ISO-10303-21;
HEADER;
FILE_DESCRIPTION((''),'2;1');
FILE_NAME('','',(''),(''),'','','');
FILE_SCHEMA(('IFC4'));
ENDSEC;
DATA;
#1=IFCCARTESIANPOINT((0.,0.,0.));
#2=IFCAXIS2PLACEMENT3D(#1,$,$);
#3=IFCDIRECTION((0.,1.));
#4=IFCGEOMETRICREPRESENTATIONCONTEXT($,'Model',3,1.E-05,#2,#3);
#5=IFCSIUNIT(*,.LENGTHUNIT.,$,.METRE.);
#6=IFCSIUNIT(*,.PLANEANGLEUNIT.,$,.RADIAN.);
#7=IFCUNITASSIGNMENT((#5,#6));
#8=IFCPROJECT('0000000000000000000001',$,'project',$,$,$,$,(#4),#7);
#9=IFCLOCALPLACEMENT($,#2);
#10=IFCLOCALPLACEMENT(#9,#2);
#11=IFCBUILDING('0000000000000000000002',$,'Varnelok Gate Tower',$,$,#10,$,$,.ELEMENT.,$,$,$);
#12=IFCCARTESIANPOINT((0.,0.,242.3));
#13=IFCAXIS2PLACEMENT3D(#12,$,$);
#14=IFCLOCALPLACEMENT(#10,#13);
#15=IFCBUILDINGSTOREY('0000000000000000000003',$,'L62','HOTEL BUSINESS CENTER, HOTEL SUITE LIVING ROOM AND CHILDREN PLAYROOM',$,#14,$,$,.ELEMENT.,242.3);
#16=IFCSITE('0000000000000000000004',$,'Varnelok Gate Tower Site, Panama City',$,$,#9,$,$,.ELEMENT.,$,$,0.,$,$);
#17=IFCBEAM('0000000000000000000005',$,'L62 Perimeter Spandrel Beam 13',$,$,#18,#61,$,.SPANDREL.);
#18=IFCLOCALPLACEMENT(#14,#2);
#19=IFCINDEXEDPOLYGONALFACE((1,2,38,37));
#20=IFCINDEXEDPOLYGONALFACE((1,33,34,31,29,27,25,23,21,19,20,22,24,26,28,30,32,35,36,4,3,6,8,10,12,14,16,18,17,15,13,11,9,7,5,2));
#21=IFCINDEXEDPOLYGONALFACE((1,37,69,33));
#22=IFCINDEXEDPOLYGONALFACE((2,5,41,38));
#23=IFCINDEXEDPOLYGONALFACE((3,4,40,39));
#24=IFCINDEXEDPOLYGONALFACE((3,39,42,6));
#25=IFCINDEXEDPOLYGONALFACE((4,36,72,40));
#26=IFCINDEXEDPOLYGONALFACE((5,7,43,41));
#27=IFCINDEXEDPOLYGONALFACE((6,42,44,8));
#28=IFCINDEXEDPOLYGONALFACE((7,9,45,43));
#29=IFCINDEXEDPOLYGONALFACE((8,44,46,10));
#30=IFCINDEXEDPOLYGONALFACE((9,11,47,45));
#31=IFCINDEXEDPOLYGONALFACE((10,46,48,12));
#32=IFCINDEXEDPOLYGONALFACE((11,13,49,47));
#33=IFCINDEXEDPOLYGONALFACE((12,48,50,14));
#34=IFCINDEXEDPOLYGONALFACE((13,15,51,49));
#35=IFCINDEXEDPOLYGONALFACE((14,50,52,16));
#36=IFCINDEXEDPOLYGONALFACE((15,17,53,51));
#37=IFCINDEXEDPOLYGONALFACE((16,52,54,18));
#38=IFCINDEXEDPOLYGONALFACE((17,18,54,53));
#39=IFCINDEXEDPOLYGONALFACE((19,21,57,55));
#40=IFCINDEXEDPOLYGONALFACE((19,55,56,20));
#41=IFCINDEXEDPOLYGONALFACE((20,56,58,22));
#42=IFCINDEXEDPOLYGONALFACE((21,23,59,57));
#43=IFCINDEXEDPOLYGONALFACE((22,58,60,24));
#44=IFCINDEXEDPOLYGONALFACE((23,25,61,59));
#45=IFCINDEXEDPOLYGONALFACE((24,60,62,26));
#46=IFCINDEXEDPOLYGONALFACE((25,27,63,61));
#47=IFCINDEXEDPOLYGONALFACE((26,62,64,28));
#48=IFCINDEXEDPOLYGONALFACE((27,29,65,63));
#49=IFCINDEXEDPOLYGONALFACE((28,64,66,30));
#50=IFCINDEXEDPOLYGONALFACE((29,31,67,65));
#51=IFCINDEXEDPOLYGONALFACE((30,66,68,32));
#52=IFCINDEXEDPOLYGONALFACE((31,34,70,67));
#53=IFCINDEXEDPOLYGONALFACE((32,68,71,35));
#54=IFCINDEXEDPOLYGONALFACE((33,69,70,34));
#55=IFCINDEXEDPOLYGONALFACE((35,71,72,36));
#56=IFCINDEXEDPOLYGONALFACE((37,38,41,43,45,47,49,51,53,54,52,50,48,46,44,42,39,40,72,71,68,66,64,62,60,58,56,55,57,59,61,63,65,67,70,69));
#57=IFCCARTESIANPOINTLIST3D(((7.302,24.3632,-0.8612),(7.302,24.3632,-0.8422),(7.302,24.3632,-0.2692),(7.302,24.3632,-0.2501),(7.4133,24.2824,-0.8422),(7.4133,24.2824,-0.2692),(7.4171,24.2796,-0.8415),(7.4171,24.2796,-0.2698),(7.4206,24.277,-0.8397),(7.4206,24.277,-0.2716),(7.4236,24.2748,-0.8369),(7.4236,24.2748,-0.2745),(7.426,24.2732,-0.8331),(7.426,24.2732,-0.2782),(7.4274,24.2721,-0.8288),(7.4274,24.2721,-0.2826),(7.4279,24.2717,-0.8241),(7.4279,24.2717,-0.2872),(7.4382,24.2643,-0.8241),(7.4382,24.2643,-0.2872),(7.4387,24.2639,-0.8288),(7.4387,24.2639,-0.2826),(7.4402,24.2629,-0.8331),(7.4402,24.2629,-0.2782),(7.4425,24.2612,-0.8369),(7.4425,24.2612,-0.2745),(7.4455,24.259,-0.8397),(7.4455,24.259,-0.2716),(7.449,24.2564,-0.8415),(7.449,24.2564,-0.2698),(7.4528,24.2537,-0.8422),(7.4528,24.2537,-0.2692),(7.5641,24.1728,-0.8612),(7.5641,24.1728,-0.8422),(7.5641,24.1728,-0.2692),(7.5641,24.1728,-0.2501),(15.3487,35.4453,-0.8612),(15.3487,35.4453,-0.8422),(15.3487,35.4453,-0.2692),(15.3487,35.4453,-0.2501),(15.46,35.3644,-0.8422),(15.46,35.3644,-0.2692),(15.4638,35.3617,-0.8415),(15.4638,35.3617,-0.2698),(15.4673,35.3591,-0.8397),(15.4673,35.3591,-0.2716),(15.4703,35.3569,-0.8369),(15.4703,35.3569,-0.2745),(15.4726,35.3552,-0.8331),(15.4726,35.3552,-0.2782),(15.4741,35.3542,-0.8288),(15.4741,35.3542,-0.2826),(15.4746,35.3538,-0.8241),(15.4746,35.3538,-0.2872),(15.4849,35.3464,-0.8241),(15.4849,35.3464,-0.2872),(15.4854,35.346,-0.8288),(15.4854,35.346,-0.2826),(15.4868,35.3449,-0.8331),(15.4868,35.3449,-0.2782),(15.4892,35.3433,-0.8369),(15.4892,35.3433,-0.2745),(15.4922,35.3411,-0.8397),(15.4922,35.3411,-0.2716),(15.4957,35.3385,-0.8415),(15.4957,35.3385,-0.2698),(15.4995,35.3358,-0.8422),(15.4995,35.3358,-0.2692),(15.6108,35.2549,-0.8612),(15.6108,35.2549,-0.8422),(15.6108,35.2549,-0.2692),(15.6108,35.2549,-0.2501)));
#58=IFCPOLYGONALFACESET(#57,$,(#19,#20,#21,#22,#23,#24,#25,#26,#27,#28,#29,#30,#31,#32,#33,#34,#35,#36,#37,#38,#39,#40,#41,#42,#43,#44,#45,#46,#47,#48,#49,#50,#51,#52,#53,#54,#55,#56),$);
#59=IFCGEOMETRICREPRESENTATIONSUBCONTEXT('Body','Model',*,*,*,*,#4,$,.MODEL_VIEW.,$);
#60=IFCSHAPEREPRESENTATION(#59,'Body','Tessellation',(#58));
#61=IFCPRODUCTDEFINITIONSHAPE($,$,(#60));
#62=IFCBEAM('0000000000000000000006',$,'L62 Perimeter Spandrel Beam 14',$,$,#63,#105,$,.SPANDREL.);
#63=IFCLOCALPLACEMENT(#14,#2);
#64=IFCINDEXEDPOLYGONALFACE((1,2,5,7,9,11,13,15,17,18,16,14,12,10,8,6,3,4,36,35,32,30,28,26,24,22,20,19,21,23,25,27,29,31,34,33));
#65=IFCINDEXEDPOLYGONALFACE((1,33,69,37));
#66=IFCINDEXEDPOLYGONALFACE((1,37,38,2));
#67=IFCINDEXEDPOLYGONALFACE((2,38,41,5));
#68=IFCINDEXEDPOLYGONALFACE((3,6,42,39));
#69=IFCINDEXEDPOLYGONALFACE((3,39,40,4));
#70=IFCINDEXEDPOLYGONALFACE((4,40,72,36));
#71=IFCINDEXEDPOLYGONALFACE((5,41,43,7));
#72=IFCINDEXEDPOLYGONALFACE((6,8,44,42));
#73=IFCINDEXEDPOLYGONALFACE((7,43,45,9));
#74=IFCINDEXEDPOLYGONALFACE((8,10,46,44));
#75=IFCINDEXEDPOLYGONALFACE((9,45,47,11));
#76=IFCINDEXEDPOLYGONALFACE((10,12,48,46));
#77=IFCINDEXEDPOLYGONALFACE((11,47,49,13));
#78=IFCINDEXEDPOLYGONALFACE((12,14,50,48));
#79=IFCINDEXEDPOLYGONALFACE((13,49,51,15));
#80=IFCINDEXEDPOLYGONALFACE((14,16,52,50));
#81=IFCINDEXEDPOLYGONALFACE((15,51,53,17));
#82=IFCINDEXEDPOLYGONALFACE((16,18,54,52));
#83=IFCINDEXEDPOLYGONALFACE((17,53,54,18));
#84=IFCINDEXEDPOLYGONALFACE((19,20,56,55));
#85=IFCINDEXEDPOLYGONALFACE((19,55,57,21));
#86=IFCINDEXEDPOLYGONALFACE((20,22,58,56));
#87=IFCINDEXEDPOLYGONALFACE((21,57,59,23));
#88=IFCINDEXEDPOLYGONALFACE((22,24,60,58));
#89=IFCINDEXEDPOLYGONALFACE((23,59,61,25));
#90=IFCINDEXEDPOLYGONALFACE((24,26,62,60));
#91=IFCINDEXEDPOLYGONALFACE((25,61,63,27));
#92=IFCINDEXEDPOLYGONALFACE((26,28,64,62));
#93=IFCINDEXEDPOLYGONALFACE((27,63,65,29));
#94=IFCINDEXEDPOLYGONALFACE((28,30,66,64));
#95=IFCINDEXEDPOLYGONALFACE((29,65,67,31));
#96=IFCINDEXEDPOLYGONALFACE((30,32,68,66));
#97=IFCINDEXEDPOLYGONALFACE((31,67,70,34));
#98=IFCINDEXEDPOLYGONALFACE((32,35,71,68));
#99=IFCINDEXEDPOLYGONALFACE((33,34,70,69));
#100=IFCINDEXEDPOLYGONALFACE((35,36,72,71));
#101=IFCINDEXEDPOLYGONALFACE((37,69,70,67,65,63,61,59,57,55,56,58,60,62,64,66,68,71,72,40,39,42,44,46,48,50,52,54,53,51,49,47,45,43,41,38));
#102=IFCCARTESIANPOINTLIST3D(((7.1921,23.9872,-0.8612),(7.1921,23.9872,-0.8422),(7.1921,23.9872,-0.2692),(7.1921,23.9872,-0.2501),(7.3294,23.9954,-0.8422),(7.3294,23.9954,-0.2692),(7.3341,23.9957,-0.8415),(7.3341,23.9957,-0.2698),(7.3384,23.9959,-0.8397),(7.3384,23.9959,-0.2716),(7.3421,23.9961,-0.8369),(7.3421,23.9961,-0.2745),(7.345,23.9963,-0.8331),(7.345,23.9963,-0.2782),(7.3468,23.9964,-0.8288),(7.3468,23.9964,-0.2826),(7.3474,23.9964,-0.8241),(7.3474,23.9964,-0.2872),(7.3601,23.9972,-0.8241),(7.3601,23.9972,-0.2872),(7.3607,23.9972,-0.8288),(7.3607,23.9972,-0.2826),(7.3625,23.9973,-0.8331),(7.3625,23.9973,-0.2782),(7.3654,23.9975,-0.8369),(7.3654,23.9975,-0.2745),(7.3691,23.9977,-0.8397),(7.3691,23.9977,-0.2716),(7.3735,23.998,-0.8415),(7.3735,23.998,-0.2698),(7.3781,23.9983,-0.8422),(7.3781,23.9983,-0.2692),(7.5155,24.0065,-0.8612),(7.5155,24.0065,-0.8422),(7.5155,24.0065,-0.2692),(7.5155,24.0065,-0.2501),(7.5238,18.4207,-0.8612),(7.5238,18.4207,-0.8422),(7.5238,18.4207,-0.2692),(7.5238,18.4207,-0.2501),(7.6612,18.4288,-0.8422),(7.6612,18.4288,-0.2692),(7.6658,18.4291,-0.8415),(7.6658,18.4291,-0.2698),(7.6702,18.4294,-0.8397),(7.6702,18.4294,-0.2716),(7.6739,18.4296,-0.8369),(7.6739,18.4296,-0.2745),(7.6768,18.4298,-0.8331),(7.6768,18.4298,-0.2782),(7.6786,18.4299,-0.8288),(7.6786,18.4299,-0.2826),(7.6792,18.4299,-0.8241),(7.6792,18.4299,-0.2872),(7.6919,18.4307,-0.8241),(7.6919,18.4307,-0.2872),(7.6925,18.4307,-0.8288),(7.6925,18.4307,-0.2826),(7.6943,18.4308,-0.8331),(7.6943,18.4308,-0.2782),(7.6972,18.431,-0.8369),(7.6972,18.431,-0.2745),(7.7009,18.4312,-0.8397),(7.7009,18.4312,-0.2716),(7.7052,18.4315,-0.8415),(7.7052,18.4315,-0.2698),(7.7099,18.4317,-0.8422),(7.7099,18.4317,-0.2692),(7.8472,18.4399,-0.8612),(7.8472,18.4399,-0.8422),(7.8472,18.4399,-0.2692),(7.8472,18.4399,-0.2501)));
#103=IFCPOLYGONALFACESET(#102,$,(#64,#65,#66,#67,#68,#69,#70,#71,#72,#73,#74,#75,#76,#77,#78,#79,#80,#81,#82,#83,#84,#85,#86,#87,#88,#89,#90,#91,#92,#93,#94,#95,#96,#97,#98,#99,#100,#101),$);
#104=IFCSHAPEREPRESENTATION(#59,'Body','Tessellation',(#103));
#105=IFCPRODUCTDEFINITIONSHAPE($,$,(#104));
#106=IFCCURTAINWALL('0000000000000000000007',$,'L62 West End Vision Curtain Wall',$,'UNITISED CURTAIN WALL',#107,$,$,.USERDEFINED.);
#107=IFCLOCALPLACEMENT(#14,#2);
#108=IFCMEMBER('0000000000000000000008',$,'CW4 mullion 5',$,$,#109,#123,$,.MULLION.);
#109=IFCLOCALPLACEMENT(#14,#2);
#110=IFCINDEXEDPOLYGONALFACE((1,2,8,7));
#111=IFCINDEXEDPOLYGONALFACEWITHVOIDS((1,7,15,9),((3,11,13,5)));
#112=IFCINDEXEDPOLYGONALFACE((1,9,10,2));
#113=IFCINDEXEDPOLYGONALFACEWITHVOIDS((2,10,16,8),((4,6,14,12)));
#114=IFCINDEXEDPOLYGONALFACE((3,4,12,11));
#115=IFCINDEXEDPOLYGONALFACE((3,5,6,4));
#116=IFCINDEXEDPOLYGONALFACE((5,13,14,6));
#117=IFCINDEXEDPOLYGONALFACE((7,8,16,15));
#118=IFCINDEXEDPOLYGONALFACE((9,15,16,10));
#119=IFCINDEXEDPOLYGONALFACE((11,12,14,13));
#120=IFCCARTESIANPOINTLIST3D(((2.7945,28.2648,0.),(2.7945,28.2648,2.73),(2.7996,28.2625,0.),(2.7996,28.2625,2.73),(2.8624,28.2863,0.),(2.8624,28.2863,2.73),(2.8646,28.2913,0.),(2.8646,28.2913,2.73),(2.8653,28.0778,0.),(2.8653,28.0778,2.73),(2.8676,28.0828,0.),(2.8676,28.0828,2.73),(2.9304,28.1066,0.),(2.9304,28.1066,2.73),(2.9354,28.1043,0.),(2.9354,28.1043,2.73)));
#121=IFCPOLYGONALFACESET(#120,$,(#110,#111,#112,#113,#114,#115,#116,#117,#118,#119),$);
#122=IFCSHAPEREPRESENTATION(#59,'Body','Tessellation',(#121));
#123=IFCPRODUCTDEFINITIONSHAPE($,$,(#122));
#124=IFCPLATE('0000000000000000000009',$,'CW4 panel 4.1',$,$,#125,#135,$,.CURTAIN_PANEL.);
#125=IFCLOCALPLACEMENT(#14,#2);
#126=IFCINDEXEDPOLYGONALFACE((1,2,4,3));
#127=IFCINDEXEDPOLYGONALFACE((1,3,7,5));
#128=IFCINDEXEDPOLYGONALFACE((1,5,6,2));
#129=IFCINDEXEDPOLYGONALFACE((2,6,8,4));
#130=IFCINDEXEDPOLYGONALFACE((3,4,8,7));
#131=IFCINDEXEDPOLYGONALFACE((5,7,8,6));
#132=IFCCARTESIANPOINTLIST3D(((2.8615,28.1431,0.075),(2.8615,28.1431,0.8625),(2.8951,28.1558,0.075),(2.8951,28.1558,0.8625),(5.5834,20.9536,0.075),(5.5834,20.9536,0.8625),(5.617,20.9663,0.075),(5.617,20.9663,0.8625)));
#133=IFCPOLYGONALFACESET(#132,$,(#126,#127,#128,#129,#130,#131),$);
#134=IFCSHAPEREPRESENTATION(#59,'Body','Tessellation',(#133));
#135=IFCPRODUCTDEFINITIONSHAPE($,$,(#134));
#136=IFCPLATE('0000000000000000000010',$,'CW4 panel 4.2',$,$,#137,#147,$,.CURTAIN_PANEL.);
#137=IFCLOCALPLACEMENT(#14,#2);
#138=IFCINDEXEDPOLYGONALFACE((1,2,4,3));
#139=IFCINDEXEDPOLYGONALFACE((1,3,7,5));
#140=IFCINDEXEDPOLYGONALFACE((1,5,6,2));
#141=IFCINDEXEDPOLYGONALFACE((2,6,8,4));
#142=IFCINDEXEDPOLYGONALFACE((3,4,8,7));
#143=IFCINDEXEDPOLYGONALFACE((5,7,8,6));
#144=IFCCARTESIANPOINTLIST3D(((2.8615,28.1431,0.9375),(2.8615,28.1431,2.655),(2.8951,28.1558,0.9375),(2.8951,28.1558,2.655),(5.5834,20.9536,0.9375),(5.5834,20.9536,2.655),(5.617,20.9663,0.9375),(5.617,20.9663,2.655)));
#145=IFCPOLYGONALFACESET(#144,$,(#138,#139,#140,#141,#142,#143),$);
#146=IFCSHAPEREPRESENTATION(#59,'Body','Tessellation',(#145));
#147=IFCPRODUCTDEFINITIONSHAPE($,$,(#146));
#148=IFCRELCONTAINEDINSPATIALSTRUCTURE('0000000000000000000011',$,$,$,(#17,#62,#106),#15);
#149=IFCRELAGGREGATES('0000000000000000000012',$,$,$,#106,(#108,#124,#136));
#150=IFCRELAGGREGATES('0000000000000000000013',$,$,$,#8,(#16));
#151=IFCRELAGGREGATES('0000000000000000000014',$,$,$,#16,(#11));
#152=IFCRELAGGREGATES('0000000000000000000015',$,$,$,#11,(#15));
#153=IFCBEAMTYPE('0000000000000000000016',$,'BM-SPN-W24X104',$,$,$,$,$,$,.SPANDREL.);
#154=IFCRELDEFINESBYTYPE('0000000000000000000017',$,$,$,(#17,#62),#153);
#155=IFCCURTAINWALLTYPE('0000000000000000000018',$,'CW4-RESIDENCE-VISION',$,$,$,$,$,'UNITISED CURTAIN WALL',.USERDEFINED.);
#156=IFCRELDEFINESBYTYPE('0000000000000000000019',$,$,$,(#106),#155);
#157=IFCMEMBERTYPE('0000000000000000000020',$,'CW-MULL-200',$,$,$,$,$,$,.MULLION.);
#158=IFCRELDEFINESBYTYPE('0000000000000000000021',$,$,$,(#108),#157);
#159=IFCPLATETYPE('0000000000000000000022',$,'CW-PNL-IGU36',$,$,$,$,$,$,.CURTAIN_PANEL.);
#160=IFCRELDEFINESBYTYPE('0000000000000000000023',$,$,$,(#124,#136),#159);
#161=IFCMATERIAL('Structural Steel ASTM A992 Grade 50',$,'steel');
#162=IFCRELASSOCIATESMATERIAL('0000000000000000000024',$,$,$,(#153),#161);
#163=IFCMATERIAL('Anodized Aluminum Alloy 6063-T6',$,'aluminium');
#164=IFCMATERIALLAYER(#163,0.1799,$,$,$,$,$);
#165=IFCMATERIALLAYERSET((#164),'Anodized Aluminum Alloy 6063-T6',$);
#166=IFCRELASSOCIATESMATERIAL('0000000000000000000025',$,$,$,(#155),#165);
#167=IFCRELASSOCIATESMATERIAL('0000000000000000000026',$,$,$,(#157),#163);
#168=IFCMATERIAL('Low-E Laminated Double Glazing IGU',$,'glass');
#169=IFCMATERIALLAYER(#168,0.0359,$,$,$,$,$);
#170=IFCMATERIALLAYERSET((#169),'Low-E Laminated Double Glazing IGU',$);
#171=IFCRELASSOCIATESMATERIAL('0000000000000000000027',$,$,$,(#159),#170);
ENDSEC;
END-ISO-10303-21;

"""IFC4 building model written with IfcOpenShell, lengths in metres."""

from ifc_helpers import new_model, si_unit, direction, frame, origin, origin_2d, place, context, subcontext, project, spatial, rectangle, hollow_rectangle, i_section, extrude, source, transform, mapped, material, layer, layer_set, material_profile, profile_set, type_object, element, aggregate, save


model = new_model("IFC4")

# Units and contexts
model_context = context("Model", 3, precision=1e-05, world=origin(), true_north=direction((0.0, 1.0)))
body_context = subcontext(model_context, "Body", "Model", "MODEL_VIEW")
ifc_project = project(units=[si_unit("LENGTHUNIT", "METRE"), si_unit("PLANEANGLEUNIT", "RADIAN")], contexts=[model_context])

# Site, building, storey
site_placement = place(None, origin())
site = spatial("IfcSite", under=ifc_project, at=site_placement, Name="Varnelok Gate Tower Site, Panama City", CompositionType="ELEMENT", RefElevation=0.0)
building_placement = place(site_placement, origin())
building = spatial("IfcBuilding", under=site, at=building_placement, Name="Varnelok Gate Tower", CompositionType="ELEMENT")
storey_placement = place(building_placement, frame((0.0, 0.0, 242.3)))
storey = spatial("IfcBuildingStorey", under=building, at=storey_placement, Name="L62", Description="HOTEL BUSINESS CENTER, HOTEL SUITE LIVING ROOM AND CHILDREN PLAYROOM", CompositionType="ELEMENT", Elevation=242.3)

# Shared definitions
ifc_material_1 = material(Name="Structural Steel ASTM A992 Grade 50", Category="steel")

# Beams
ifc_material_profile_1 = material_profile(ifc_material_1, i_section(OverallWidth=0.324, OverallDepth=0.6111, WebThickness=0.0127, FlangeThickness=0.019, FilletRadius=0.0181, at=origin_2d()), Name="W24X104")
ifc_profile_set_1 = profile_set([ifc_material_profile_1], Name="Structural Steel ASTM A992 Grade 50")
beam_type_1 = type_object("IfcBeamType", Name="BM-SPN-W24X104", PredefinedType="SPANDREL", material=ifc_profile_set_1)
beam_1_placement = place(storey_placement, frame((15.4797, 35.3501, -0.5557), z_axis=(-0.587549, -0.809188, 0.0), x_axis=(0.809188, -0.587549, 0.0)))
element("IfcBeam", 1, at=beam_1_placement, inside=storey, type_object=beam_type_1, Name="L62 Perimeter Spandrel Beam 13", PredefinedType="SPANDREL", context=body_context, shape_type="SweptSolid", body=[
    extrude(i_section(OverallWidth=0.324, OverallDepth=0.6111, WebThickness=0.0127, FlangeThickness=0.019, FilletRadius=0.0181, at=origin_2d()), origin(), (0.0, 0.0, 1.0), 13.6953),
])
beam_2_placement = place(storey_placement, frame((7.3538, 23.9968, -0.5557), z_axis=(0.059497, -0.998228, 0.0), x_axis=(0.998228, 0.059497, 0.0)))
element("IfcBeam", 2, at=beam_2_placement, inside=storey, type_object=beam_type_1, Name="L62 Perimeter Spandrel Beam 14", PredefinedType="SPANDREL", context=body_context, shape_type="SweptSolid", body=[
    extrude(i_section(OverallWidth=0.324, OverallDepth=0.6111, WebThickness=0.0127, FlangeThickness=0.019, FilletRadius=0.0181, at=origin_2d()), origin(), (0.0, 0.0, 1.0), 5.5764),
])

# Curtain wall, member, plates
ifc_material_2 = material(Name="Anodized Aluminum Alloy 6063-T6", Category="aluminium")
ifc_layer_1 = layer(ifc_material_2, 0.1799)
ifc_layer_set_1 = layer_set([ifc_layer_1], Name="Anodized Aluminum Alloy 6063-T6")
curtain_wall_type = type_object("IfcCurtainWallType", Name="CW4-RESIDENCE-VISION", ElementType="UNITISED CURTAIN WALL", PredefinedType="USERDEFINED", material=ifc_layer_set_1)
curtain_wall_placement = place(storey_placement, origin())
curtain_wall = element("IfcCurtainWall", 3, at=curtain_wall_placement, inside=storey, type_object=curtain_wall_type, Name="L62 West End Vision Curtain Wall", ObjectType="UNITISED CURTAIN WALL", PredefinedType="USERDEFINED")
ifc_material_profile_2 = material_profile(ifc_material_2, hollow_rectangle(XDim=0.075, YDim=0.2, WallThickness=0.0039, at=origin_2d()), Name="ALU200X75X4")
ifc_profile_set_2 = profile_set([ifc_material_profile_2], Name="Anodized Aluminum Alloy 6063-T6")
member_type = type_object("IfcMemberType", Name="CW-MULL-200", PredefinedType="MULLION", material=ifc_profile_set_2)
member_placement = place(storey_placement, frame((2.865, 28.1846, 0.0), z_axis=(0.0, 0.0, 1.0), x_axis=(-0.935222, -0.354063, 0.0)))
member = element("IfcMember", 4, at=member_placement, type_object=member_type, Name="CW4 mullion 5", PredefinedType="MULLION", context=body_context, shape_type="SweptSolid", body=[
    extrude(hollow_rectangle(XDim=0.075, YDim=0.2, WallThickness=0.0039, at=origin_2d()), origin(), (0.0, 0.0, 1.0), 2.73),
])
ifc_material_3 = material(Name="Low-E Laminated Double Glazing IGU", Category="glass")
ifc_layer_2 = layer(ifc_material_3, 0.0359)
ifc_layer_set_2 = layer_set([ifc_layer_2], Name="Low-E Laminated Double Glazing IGU")
plate_type = type_object("IfcPlateType", Name="CW-PNL-IGU36", PredefinedType="CURTAIN_PANEL", material=ifc_layer_set_2)
shared_shape_1 = source(origin(), body_context, "Body", "SweptSolid", [
    extrude(rectangle(XDim=7.6875, YDim=0.0359, at=origin_2d()), origin(), (0.0, 0.0, 1.0), 0.7876),
])
plate_1_placement = place(storey_placement, frame((4.2393, 24.5547, 0.075), z_axis=(0.0, 0.0, 1.0), x_axis=(-0.354063, 0.935222, 0.0)))
plate_1 = element("IfcPlate", 5, at=plate_1_placement, type_object=plate_type, Name="CW4 panel 4.1", PredefinedType="CURTAIN_PANEL", context=body_context, shape_type="MappedRepresentation", body=[
    mapped(shared_shape_1, transform((0.0, 0.0, 0.0), scale=1.0)),
])
shared_shape_2 = source(origin(), body_context, "Body", "SweptSolid", [
    extrude(rectangle(XDim=7.6875, YDim=0.0359, at=origin_2d()), origin(), (0.0, 0.0, 1.0), 1.7175),
])
plate_2_placement = place(storey_placement, frame((4.2393, 24.5547, 0.9375), z_axis=(0.0, 0.0, 1.0), x_axis=(-0.354063, 0.935222, 0.0)))
plate_2 = element("IfcPlate", 6, at=plate_2_placement, type_object=plate_type, Name="CW4 panel 4.2", PredefinedType="CURTAIN_PANEL", context=body_context, shape_type="MappedRepresentation", body=[
    mapped(shared_shape_2, transform((0.0, 0.0, 0.0), scale=1.0)),
])
aggregate(curtain_wall, [member, plate_1, plate_2])

save(model, "model.ifc")
